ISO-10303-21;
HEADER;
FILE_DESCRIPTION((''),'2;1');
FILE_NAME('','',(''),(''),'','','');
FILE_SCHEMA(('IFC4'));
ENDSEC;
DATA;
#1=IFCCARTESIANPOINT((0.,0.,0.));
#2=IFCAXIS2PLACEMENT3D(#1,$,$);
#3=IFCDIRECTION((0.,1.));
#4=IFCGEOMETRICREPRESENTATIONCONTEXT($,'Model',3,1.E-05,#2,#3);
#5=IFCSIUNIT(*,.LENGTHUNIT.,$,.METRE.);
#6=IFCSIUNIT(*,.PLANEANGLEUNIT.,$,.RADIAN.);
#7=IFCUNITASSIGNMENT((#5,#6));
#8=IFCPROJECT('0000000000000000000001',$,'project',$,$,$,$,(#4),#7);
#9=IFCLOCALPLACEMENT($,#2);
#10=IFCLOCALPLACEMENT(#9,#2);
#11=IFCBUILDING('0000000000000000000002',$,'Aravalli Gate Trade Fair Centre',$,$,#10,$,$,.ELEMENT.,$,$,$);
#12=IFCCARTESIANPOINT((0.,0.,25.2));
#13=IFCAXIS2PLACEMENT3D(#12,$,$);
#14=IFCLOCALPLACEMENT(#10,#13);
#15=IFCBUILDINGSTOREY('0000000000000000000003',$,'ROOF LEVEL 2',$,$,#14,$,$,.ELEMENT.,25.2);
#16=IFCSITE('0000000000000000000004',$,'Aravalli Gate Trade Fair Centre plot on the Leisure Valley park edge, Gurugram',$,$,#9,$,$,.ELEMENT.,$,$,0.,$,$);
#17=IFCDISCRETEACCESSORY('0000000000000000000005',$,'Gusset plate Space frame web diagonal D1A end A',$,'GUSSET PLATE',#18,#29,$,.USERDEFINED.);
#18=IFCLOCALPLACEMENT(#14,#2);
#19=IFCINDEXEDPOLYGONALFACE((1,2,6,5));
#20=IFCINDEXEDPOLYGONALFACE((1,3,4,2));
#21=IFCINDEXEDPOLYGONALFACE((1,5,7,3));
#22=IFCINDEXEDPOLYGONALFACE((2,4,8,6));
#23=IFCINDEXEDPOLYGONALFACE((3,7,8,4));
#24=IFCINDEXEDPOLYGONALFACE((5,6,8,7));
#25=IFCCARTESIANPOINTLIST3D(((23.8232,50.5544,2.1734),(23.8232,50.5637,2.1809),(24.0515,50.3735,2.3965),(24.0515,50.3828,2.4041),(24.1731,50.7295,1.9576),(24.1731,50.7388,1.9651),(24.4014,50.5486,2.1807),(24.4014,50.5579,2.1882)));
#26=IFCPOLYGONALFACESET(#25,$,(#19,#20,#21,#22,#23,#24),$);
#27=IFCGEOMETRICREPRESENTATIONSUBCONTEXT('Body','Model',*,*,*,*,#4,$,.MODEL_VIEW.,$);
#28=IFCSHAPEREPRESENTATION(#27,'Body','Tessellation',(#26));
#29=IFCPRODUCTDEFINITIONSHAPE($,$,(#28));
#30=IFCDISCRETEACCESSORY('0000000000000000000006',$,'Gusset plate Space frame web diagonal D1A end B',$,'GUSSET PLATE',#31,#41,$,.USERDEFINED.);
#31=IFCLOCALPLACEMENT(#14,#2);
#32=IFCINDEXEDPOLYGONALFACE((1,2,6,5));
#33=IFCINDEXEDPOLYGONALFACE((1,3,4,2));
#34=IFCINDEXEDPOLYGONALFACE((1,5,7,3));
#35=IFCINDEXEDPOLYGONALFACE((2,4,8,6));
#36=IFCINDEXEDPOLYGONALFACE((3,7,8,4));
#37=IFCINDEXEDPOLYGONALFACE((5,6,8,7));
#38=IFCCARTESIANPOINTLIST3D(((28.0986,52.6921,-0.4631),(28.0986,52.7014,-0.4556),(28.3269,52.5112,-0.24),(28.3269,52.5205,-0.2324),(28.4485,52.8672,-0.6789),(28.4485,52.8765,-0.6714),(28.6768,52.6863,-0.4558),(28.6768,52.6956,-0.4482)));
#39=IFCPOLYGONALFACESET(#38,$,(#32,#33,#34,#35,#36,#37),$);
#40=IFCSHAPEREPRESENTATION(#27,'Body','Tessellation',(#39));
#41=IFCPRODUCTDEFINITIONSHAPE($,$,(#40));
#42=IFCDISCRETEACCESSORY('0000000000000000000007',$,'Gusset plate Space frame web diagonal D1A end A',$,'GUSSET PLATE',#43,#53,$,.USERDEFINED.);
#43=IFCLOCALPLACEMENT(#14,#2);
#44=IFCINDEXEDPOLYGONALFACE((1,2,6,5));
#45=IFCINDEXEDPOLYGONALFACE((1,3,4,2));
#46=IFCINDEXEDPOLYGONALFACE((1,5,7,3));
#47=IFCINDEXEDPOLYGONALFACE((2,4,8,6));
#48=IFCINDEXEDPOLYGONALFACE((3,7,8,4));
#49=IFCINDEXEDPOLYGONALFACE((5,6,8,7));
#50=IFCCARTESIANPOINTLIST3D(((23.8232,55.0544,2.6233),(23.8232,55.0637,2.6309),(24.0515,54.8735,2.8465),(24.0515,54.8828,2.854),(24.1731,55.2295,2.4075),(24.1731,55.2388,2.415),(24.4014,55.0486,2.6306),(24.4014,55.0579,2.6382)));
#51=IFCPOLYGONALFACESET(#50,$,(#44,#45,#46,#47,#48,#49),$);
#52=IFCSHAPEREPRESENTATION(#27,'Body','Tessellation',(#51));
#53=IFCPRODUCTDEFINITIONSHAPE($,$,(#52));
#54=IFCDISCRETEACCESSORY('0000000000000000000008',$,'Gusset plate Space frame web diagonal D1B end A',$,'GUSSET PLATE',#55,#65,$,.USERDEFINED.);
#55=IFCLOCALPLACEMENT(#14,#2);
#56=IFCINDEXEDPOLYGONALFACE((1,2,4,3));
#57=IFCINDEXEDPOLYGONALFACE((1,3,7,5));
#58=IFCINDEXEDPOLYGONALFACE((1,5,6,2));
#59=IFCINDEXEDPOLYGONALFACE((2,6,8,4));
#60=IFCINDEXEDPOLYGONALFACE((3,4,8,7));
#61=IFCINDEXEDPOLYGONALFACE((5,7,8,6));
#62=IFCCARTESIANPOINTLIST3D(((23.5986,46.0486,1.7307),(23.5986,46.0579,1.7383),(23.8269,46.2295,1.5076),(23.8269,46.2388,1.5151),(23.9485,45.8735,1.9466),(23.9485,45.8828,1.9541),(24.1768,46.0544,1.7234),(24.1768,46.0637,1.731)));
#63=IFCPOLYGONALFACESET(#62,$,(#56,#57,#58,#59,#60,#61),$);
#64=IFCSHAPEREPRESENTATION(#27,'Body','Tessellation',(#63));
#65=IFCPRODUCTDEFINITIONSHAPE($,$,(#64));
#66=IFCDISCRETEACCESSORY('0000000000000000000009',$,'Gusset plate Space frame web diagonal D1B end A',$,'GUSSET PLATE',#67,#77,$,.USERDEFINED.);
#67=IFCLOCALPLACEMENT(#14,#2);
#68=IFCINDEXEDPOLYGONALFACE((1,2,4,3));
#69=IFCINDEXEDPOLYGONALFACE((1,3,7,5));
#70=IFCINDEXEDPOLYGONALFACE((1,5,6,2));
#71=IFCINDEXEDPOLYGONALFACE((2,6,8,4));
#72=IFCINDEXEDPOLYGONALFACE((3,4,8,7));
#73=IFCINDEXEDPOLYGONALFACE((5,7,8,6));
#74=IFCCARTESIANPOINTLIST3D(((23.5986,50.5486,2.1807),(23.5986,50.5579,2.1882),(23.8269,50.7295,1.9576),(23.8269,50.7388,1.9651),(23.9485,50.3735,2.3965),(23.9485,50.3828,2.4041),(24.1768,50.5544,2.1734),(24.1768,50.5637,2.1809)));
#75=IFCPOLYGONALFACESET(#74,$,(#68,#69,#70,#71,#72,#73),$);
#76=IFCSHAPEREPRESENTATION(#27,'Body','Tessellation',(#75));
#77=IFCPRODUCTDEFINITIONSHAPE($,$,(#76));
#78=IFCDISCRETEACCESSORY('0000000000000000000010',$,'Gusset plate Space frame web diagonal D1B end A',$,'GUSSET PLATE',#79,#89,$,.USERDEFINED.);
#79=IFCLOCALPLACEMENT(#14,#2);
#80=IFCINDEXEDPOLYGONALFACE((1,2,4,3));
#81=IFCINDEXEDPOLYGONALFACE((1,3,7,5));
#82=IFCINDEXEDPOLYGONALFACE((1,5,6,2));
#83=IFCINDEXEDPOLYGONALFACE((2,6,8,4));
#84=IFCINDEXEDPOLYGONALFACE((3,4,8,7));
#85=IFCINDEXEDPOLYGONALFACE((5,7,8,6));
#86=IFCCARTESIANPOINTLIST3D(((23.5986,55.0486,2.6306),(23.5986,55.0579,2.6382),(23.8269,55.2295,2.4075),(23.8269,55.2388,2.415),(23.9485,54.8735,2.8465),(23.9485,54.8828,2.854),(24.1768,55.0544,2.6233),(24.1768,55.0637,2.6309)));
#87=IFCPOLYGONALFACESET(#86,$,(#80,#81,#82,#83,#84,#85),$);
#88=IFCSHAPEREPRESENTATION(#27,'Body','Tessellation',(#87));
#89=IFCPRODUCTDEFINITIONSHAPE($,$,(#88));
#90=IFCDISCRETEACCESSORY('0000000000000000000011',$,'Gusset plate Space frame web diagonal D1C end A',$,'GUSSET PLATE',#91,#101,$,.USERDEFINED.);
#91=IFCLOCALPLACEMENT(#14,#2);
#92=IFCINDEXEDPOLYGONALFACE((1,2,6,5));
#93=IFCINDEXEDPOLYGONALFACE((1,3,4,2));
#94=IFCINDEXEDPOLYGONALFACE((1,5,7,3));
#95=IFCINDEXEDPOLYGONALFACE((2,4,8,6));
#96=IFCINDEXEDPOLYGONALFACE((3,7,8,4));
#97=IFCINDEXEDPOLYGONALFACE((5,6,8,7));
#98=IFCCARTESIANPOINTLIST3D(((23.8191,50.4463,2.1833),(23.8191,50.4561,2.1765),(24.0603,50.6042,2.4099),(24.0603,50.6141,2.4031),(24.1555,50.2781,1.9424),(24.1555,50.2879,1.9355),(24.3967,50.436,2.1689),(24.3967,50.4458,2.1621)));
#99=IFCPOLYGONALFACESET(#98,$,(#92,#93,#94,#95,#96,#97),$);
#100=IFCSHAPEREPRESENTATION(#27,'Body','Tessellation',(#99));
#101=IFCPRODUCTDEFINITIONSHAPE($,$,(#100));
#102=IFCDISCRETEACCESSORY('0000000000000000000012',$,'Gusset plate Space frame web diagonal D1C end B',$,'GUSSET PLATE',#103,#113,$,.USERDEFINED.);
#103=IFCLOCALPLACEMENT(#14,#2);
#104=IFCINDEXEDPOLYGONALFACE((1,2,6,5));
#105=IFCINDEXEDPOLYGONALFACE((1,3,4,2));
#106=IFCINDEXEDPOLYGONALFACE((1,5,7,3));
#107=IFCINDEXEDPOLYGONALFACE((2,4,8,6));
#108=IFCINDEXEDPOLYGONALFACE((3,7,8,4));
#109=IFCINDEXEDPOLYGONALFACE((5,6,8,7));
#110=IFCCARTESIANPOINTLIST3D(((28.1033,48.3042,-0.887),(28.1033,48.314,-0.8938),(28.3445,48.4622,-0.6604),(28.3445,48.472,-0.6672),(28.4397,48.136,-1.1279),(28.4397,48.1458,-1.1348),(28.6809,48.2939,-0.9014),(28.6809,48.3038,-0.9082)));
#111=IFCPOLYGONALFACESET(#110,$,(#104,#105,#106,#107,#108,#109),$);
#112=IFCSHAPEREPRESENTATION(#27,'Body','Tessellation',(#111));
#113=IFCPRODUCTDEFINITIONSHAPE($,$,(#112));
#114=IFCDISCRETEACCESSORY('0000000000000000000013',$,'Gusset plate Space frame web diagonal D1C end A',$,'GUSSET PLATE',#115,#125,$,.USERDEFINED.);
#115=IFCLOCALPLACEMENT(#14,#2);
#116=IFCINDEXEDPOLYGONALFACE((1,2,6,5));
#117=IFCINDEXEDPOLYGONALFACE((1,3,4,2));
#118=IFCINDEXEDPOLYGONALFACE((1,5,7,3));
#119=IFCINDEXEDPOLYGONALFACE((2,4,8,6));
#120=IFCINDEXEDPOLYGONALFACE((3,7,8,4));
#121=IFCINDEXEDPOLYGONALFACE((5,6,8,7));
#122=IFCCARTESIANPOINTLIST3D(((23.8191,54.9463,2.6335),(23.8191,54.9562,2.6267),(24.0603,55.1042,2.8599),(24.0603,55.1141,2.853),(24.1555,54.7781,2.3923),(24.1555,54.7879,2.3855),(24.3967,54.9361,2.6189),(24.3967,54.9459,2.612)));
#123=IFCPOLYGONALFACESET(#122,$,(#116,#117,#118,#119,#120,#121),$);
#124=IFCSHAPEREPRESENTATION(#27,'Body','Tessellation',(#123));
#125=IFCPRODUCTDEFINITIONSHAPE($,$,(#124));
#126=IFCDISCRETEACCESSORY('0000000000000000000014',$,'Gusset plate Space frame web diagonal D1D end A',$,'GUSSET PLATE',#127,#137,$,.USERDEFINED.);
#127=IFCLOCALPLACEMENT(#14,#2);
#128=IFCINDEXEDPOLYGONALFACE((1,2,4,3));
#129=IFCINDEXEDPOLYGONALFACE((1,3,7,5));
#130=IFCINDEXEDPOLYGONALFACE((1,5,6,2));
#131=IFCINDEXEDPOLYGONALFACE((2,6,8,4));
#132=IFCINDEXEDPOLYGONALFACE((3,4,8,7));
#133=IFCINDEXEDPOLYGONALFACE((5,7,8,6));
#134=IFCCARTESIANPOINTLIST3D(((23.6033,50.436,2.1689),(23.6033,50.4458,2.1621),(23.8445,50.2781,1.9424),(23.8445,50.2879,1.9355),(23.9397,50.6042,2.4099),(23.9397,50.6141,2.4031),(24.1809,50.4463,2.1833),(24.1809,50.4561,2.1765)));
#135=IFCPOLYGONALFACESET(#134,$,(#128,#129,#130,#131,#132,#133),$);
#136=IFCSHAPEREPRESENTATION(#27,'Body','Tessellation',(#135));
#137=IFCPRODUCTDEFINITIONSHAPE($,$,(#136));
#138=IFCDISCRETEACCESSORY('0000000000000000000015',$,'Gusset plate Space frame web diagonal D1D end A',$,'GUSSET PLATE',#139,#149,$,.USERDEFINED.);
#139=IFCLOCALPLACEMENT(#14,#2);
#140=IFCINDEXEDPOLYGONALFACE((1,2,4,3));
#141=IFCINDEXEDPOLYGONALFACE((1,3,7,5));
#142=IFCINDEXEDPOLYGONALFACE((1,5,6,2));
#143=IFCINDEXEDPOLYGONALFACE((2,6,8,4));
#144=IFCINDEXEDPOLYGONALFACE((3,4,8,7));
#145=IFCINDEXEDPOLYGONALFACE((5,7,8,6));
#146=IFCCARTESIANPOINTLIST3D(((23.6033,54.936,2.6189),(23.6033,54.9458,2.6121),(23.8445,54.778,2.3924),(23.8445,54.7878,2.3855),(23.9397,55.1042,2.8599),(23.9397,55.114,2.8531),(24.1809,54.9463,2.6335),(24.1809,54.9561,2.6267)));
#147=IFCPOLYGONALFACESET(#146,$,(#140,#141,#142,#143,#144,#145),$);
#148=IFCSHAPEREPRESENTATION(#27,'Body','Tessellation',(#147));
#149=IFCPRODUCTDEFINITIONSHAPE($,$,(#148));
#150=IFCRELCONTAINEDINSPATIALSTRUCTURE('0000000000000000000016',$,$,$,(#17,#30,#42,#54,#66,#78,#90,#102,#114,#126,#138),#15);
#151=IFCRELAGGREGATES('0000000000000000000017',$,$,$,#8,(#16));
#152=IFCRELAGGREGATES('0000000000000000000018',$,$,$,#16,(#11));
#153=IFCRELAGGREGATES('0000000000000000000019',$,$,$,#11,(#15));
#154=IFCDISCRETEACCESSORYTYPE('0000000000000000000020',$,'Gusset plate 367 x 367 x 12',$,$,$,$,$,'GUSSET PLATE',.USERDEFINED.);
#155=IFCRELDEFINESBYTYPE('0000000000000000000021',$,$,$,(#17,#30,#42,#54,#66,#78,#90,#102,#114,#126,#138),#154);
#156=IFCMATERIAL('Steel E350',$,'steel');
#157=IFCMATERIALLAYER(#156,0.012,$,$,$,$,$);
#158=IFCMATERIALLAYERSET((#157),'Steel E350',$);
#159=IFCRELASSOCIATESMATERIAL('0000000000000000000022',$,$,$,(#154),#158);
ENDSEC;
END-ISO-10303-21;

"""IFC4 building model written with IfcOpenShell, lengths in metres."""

from ifc_helpers import new_model, si_unit, direction, frame, origin, place, context, subcontext, project, spatial, polyline, outline, extrude, material, layer, layer_set, type_object, element, save


model = new_model("IFC4")

# Units and contexts
model_context = context("Model", 3, precision=1e-05, world=origin(), true_north=direction((0.0, 1.0)))
body_context = subcontext(model_context, "Body", "Model", "MODEL_VIEW")
ifc_project = project(units=[si_unit("LENGTHUNIT", "METRE"), si_unit("PLANEANGLEUNIT", "RADIAN")], contexts=[model_context])

# Site, building, storey
site_placement = place(None, origin())
site = spatial("IfcSite", under=ifc_project, at=site_placement, Name="Aravalli Gate Trade Fair Centre plot on the Leisure Valley park edge, Gurugram", CompositionType="ELEMENT", RefElevation=0.0)
building_placement = place(site_placement, origin())
building = spatial("IfcBuilding", under=site, at=building_placement, Name="Aravalli Gate Trade Fair Centre", CompositionType="ELEMENT")
storey_placement = place(building_placement, frame((0.0, 0.0, 25.2)))
storey = spatial("IfcBuildingStorey", under=building, at=storey_placement, Name="ROOF LEVEL 2", CompositionType="ELEMENT", Elevation=25.2)

# Shared definitions
ifc_material = material(Name="Steel E350", Category="steel")

# Discrete accessories
ifc_layer = layer(ifc_material, 0.012)
ifc_layer_set = layer_set([ifc_layer], Name="Steel E350")
discrete_accessory_type = type_object("IfcDiscreteAccessoryType", Name="Gusset plate 367 x 367 x 12", ElementType="GUSSET PLATE", PredefinedType="USERDEFINED", material=ifc_layer_set)
discrete_accessory_1_placement = place(storey_placement, frame((24.1731, 50.7388, 1.9651), z_axis=(-0.000107, 0.776736, 0.629826), x_axis=(-0.783044, -0.391795, 0.48305)))
element("IfcDiscreteAccessory", 1, at=discrete_accessory_1_placement, inside=storey, type_object=discrete_accessory_type, Name="Gusset plate Space frame web diagonal D1A end A", ObjectType="GUSSET PLATE", PredefinedType="USERDEFINED", context=body_context, shape_type="SweptSolid", body=[
    extrude(outline(polyline([(0.0, 0.0), (0.4468, 0.0), (0.4467, 0.3669), (-0.0001, 0.3669), (0.0, 0.0)])), origin(), (0.0, 0.0, -1.0), 0.012),
])
discrete_accessory_2_placement = place(storey_placement, frame((28.0986, 52.7014, -0.4556), z_axis=(-0.000107, 0.776736, 0.629826), x_axis=(0.783044, 0.391795, -0.48305)))
element("IfcDiscreteAccessory", 2, at=discrete_accessory_2_placement, inside=storey, type_object=discrete_accessory_type, Name="Gusset plate Space frame web diagonal D1A end B", ObjectType="GUSSET PLATE", PredefinedType="USERDEFINED", context=body_context, shape_type="SweptSolid", body=[
    extrude(outline(polyline([(0.0, 0.0), (0.4468, 0.0), (0.4469, -0.3669), (0.0001, -0.3669), (0.0, 0.0)])), origin(), (0.0, 0.0, -1.0), 0.012),
])
discrete_accessory_3_placement = place(storey_placement, frame((24.1731, 55.2388, 2.415), z_axis=(-0.000107, 0.776736, 0.629826), x_axis=(-0.783044, -0.391795, 0.48305)))
element("IfcDiscreteAccessory", 3, at=discrete_accessory_3_placement, inside=storey, type_object=discrete_accessory_type, Name="Gusset plate Space frame web diagonal D1A end A", ObjectType="GUSSET PLATE", PredefinedType="USERDEFINED", context=body_context, shape_type="SweptSolid", body=[
    extrude(outline(polyline([(0.0, 0.0), (0.4468, 0.0), (0.4467, 0.3669), (-0.0001, 0.3669), (0.0, 0.0)])), origin(), (0.0, 0.0, -1.0), 0.012),
])
for number, where, z_axis, x_axis, name in (
    (4, (23.5986, 46.0579, 1.7383), (0.000107, 0.776736, 0.629826), (0.783044, -0.391795, 0.48305), "Gusset plate Space frame web diagonal D1B end A"),
    (5, (23.5986, 50.5579, 2.1882), (0.000107, 0.776736, 0.629826), (0.783044, -0.391795, 0.48305), "Gusset plate Space frame web diagonal D1B end A"),
    (6, (23.5986, 55.0579, 2.6382), (0.000107, 0.776736, 0.629826), (0.783044, -0.391795, 0.48305), "Gusset plate Space frame web diagonal D1B end A"),
):
    element("IfcDiscreteAccessory", number, at=place(storey_placement, frame(where, z_axis=z_axis, x_axis=x_axis)), inside=storey, type_object=discrete_accessory_type, Name=name, ObjectType="GUSSET PLATE", PredefinedType="USERDEFINED", context=body_context, shape_type="SweptSolid", body=[
        extrude(outline(polyline([(0.0, 0.0), (0.4468, 0.0), (0.4469, 0.3669), (0.0001, 0.3669), (0.0, 0.0)])), origin(), (0.0, 0.0, -1.0), 0.012),
    ])
discrete_accessory_4_placement = place(storey_placement, frame((24.1555, 50.2781, 1.9424), z_axis=(-0.000292, -0.820164, 0.572128), x_axis=(-0.753132, 0.376566, 0.539435)))
element("IfcDiscreteAccessory", 7, at=discrete_accessory_4_placement, inside=storey, type_object=discrete_accessory_type, Name="Gusset plate Space frame web diagonal D1C end A", ObjectType="GUSSET PLATE", PredefinedType="USERDEFINED", context=body_context, shape_type="SweptSolid", body=[
    extrude(outline(polyline([(0.0, 0.0), (0.4467, 0.0), (0.4467, -0.3667), (0.0, -0.3667), (0.0, 0.0)])), origin(), (0.0, 0.0, -1.0), 0.012),
])
discrete_accessory_5_placement = place(storey_placement, frame((28.1033, 48.3042, -0.887), z_axis=(-0.000292, -0.820164, 0.572128), x_axis=(0.753132, -0.376566, -0.539435)))
element("IfcDiscreteAccessory", 8, at=discrete_accessory_5_placement, inside=storey, type_object=discrete_accessory_type, Name="Gusset plate Space frame web diagonal D1C end B", ObjectType="GUSSET PLATE", PredefinedType="USERDEFINED", context=body_context, shape_type="SweptSolid", body=[
    extrude(outline(polyline([(0.0, 0.0), (0.4467, 0.0), (0.4467, 0.3667), (0.0, 0.3667), (0.0, 0.0)])), origin(), (0.0, 0.0, -1.0), 0.012),
])
discrete_accessory_6_placement = place(storey_placement, frame((24.1555, 54.7781, 2.3923), z_axis=(-0.000049, -0.820141, 0.572161), x_axis=(-0.75291, 0.376583, 0.539733)))
element("IfcDiscreteAccessory", 9, at=discrete_accessory_6_placement, inside=storey, type_object=discrete_accessory_type, Name="Gusset plate Space frame web diagonal D1C end A", ObjectType="GUSSET PLATE", PredefinedType="USERDEFINED", context=body_context, shape_type="SweptSolid", body=[
    extrude(outline(polyline([(0.0, 0.0), (0.4468, 0.0), (0.4469, -0.3665), (0.0002, -0.3667), (0.0, 0.0)])), origin(), (0.0, 0.0, -1.0), 0.012),
])
discrete_accessory_7_placement = place(storey_placement, frame((23.6033, 50.436, 2.1689), z_axis=(0.000292, -0.820164, 0.572128), x_axis=(0.753132, 0.376566, 0.539435)))
element("IfcDiscreteAccessory", 10, at=discrete_accessory_7_placement, inside=storey, type_object=discrete_accessory_type, Name="Gusset plate Space frame web diagonal D1D end A", ObjectType="GUSSET PLATE", PredefinedType="USERDEFINED", context=body_context, shape_type="SweptSolid", body=[
    extrude(outline(polyline([(0.0, 0.0), (0.4467, 0.0), (0.4467, -0.3667), (0.0, -0.3667), (0.0, 0.0)])), origin(), (0.0, 0.0, -1.0), 0.012),
])
discrete_accessory_8_placement = place(storey_placement, frame((23.6033, 54.936, 2.6189), z_axis=(0.000049, -0.820141, 0.572161), x_axis=(0.753132, 0.376438, 0.539524)))
element("IfcDiscreteAccessory", 11, at=discrete_accessory_8_placement, inside=storey, type_object=discrete_accessory_type, Name="Gusset plate Space frame web diagonal D1D end A", ObjectType="GUSSET PLATE", PredefinedType="USERDEFINED", context=body_context, shape_type="SweptSolid", body=[
    extrude(outline(polyline([(0.0, 0.0), (0.4467, 0.0), (0.4468, -0.3665), (0.0, -0.3667), (0.0, 0.0)])), origin(), (0.0, 0.0, -1.0), 0.012),
])

save(model, "model.ifc")
